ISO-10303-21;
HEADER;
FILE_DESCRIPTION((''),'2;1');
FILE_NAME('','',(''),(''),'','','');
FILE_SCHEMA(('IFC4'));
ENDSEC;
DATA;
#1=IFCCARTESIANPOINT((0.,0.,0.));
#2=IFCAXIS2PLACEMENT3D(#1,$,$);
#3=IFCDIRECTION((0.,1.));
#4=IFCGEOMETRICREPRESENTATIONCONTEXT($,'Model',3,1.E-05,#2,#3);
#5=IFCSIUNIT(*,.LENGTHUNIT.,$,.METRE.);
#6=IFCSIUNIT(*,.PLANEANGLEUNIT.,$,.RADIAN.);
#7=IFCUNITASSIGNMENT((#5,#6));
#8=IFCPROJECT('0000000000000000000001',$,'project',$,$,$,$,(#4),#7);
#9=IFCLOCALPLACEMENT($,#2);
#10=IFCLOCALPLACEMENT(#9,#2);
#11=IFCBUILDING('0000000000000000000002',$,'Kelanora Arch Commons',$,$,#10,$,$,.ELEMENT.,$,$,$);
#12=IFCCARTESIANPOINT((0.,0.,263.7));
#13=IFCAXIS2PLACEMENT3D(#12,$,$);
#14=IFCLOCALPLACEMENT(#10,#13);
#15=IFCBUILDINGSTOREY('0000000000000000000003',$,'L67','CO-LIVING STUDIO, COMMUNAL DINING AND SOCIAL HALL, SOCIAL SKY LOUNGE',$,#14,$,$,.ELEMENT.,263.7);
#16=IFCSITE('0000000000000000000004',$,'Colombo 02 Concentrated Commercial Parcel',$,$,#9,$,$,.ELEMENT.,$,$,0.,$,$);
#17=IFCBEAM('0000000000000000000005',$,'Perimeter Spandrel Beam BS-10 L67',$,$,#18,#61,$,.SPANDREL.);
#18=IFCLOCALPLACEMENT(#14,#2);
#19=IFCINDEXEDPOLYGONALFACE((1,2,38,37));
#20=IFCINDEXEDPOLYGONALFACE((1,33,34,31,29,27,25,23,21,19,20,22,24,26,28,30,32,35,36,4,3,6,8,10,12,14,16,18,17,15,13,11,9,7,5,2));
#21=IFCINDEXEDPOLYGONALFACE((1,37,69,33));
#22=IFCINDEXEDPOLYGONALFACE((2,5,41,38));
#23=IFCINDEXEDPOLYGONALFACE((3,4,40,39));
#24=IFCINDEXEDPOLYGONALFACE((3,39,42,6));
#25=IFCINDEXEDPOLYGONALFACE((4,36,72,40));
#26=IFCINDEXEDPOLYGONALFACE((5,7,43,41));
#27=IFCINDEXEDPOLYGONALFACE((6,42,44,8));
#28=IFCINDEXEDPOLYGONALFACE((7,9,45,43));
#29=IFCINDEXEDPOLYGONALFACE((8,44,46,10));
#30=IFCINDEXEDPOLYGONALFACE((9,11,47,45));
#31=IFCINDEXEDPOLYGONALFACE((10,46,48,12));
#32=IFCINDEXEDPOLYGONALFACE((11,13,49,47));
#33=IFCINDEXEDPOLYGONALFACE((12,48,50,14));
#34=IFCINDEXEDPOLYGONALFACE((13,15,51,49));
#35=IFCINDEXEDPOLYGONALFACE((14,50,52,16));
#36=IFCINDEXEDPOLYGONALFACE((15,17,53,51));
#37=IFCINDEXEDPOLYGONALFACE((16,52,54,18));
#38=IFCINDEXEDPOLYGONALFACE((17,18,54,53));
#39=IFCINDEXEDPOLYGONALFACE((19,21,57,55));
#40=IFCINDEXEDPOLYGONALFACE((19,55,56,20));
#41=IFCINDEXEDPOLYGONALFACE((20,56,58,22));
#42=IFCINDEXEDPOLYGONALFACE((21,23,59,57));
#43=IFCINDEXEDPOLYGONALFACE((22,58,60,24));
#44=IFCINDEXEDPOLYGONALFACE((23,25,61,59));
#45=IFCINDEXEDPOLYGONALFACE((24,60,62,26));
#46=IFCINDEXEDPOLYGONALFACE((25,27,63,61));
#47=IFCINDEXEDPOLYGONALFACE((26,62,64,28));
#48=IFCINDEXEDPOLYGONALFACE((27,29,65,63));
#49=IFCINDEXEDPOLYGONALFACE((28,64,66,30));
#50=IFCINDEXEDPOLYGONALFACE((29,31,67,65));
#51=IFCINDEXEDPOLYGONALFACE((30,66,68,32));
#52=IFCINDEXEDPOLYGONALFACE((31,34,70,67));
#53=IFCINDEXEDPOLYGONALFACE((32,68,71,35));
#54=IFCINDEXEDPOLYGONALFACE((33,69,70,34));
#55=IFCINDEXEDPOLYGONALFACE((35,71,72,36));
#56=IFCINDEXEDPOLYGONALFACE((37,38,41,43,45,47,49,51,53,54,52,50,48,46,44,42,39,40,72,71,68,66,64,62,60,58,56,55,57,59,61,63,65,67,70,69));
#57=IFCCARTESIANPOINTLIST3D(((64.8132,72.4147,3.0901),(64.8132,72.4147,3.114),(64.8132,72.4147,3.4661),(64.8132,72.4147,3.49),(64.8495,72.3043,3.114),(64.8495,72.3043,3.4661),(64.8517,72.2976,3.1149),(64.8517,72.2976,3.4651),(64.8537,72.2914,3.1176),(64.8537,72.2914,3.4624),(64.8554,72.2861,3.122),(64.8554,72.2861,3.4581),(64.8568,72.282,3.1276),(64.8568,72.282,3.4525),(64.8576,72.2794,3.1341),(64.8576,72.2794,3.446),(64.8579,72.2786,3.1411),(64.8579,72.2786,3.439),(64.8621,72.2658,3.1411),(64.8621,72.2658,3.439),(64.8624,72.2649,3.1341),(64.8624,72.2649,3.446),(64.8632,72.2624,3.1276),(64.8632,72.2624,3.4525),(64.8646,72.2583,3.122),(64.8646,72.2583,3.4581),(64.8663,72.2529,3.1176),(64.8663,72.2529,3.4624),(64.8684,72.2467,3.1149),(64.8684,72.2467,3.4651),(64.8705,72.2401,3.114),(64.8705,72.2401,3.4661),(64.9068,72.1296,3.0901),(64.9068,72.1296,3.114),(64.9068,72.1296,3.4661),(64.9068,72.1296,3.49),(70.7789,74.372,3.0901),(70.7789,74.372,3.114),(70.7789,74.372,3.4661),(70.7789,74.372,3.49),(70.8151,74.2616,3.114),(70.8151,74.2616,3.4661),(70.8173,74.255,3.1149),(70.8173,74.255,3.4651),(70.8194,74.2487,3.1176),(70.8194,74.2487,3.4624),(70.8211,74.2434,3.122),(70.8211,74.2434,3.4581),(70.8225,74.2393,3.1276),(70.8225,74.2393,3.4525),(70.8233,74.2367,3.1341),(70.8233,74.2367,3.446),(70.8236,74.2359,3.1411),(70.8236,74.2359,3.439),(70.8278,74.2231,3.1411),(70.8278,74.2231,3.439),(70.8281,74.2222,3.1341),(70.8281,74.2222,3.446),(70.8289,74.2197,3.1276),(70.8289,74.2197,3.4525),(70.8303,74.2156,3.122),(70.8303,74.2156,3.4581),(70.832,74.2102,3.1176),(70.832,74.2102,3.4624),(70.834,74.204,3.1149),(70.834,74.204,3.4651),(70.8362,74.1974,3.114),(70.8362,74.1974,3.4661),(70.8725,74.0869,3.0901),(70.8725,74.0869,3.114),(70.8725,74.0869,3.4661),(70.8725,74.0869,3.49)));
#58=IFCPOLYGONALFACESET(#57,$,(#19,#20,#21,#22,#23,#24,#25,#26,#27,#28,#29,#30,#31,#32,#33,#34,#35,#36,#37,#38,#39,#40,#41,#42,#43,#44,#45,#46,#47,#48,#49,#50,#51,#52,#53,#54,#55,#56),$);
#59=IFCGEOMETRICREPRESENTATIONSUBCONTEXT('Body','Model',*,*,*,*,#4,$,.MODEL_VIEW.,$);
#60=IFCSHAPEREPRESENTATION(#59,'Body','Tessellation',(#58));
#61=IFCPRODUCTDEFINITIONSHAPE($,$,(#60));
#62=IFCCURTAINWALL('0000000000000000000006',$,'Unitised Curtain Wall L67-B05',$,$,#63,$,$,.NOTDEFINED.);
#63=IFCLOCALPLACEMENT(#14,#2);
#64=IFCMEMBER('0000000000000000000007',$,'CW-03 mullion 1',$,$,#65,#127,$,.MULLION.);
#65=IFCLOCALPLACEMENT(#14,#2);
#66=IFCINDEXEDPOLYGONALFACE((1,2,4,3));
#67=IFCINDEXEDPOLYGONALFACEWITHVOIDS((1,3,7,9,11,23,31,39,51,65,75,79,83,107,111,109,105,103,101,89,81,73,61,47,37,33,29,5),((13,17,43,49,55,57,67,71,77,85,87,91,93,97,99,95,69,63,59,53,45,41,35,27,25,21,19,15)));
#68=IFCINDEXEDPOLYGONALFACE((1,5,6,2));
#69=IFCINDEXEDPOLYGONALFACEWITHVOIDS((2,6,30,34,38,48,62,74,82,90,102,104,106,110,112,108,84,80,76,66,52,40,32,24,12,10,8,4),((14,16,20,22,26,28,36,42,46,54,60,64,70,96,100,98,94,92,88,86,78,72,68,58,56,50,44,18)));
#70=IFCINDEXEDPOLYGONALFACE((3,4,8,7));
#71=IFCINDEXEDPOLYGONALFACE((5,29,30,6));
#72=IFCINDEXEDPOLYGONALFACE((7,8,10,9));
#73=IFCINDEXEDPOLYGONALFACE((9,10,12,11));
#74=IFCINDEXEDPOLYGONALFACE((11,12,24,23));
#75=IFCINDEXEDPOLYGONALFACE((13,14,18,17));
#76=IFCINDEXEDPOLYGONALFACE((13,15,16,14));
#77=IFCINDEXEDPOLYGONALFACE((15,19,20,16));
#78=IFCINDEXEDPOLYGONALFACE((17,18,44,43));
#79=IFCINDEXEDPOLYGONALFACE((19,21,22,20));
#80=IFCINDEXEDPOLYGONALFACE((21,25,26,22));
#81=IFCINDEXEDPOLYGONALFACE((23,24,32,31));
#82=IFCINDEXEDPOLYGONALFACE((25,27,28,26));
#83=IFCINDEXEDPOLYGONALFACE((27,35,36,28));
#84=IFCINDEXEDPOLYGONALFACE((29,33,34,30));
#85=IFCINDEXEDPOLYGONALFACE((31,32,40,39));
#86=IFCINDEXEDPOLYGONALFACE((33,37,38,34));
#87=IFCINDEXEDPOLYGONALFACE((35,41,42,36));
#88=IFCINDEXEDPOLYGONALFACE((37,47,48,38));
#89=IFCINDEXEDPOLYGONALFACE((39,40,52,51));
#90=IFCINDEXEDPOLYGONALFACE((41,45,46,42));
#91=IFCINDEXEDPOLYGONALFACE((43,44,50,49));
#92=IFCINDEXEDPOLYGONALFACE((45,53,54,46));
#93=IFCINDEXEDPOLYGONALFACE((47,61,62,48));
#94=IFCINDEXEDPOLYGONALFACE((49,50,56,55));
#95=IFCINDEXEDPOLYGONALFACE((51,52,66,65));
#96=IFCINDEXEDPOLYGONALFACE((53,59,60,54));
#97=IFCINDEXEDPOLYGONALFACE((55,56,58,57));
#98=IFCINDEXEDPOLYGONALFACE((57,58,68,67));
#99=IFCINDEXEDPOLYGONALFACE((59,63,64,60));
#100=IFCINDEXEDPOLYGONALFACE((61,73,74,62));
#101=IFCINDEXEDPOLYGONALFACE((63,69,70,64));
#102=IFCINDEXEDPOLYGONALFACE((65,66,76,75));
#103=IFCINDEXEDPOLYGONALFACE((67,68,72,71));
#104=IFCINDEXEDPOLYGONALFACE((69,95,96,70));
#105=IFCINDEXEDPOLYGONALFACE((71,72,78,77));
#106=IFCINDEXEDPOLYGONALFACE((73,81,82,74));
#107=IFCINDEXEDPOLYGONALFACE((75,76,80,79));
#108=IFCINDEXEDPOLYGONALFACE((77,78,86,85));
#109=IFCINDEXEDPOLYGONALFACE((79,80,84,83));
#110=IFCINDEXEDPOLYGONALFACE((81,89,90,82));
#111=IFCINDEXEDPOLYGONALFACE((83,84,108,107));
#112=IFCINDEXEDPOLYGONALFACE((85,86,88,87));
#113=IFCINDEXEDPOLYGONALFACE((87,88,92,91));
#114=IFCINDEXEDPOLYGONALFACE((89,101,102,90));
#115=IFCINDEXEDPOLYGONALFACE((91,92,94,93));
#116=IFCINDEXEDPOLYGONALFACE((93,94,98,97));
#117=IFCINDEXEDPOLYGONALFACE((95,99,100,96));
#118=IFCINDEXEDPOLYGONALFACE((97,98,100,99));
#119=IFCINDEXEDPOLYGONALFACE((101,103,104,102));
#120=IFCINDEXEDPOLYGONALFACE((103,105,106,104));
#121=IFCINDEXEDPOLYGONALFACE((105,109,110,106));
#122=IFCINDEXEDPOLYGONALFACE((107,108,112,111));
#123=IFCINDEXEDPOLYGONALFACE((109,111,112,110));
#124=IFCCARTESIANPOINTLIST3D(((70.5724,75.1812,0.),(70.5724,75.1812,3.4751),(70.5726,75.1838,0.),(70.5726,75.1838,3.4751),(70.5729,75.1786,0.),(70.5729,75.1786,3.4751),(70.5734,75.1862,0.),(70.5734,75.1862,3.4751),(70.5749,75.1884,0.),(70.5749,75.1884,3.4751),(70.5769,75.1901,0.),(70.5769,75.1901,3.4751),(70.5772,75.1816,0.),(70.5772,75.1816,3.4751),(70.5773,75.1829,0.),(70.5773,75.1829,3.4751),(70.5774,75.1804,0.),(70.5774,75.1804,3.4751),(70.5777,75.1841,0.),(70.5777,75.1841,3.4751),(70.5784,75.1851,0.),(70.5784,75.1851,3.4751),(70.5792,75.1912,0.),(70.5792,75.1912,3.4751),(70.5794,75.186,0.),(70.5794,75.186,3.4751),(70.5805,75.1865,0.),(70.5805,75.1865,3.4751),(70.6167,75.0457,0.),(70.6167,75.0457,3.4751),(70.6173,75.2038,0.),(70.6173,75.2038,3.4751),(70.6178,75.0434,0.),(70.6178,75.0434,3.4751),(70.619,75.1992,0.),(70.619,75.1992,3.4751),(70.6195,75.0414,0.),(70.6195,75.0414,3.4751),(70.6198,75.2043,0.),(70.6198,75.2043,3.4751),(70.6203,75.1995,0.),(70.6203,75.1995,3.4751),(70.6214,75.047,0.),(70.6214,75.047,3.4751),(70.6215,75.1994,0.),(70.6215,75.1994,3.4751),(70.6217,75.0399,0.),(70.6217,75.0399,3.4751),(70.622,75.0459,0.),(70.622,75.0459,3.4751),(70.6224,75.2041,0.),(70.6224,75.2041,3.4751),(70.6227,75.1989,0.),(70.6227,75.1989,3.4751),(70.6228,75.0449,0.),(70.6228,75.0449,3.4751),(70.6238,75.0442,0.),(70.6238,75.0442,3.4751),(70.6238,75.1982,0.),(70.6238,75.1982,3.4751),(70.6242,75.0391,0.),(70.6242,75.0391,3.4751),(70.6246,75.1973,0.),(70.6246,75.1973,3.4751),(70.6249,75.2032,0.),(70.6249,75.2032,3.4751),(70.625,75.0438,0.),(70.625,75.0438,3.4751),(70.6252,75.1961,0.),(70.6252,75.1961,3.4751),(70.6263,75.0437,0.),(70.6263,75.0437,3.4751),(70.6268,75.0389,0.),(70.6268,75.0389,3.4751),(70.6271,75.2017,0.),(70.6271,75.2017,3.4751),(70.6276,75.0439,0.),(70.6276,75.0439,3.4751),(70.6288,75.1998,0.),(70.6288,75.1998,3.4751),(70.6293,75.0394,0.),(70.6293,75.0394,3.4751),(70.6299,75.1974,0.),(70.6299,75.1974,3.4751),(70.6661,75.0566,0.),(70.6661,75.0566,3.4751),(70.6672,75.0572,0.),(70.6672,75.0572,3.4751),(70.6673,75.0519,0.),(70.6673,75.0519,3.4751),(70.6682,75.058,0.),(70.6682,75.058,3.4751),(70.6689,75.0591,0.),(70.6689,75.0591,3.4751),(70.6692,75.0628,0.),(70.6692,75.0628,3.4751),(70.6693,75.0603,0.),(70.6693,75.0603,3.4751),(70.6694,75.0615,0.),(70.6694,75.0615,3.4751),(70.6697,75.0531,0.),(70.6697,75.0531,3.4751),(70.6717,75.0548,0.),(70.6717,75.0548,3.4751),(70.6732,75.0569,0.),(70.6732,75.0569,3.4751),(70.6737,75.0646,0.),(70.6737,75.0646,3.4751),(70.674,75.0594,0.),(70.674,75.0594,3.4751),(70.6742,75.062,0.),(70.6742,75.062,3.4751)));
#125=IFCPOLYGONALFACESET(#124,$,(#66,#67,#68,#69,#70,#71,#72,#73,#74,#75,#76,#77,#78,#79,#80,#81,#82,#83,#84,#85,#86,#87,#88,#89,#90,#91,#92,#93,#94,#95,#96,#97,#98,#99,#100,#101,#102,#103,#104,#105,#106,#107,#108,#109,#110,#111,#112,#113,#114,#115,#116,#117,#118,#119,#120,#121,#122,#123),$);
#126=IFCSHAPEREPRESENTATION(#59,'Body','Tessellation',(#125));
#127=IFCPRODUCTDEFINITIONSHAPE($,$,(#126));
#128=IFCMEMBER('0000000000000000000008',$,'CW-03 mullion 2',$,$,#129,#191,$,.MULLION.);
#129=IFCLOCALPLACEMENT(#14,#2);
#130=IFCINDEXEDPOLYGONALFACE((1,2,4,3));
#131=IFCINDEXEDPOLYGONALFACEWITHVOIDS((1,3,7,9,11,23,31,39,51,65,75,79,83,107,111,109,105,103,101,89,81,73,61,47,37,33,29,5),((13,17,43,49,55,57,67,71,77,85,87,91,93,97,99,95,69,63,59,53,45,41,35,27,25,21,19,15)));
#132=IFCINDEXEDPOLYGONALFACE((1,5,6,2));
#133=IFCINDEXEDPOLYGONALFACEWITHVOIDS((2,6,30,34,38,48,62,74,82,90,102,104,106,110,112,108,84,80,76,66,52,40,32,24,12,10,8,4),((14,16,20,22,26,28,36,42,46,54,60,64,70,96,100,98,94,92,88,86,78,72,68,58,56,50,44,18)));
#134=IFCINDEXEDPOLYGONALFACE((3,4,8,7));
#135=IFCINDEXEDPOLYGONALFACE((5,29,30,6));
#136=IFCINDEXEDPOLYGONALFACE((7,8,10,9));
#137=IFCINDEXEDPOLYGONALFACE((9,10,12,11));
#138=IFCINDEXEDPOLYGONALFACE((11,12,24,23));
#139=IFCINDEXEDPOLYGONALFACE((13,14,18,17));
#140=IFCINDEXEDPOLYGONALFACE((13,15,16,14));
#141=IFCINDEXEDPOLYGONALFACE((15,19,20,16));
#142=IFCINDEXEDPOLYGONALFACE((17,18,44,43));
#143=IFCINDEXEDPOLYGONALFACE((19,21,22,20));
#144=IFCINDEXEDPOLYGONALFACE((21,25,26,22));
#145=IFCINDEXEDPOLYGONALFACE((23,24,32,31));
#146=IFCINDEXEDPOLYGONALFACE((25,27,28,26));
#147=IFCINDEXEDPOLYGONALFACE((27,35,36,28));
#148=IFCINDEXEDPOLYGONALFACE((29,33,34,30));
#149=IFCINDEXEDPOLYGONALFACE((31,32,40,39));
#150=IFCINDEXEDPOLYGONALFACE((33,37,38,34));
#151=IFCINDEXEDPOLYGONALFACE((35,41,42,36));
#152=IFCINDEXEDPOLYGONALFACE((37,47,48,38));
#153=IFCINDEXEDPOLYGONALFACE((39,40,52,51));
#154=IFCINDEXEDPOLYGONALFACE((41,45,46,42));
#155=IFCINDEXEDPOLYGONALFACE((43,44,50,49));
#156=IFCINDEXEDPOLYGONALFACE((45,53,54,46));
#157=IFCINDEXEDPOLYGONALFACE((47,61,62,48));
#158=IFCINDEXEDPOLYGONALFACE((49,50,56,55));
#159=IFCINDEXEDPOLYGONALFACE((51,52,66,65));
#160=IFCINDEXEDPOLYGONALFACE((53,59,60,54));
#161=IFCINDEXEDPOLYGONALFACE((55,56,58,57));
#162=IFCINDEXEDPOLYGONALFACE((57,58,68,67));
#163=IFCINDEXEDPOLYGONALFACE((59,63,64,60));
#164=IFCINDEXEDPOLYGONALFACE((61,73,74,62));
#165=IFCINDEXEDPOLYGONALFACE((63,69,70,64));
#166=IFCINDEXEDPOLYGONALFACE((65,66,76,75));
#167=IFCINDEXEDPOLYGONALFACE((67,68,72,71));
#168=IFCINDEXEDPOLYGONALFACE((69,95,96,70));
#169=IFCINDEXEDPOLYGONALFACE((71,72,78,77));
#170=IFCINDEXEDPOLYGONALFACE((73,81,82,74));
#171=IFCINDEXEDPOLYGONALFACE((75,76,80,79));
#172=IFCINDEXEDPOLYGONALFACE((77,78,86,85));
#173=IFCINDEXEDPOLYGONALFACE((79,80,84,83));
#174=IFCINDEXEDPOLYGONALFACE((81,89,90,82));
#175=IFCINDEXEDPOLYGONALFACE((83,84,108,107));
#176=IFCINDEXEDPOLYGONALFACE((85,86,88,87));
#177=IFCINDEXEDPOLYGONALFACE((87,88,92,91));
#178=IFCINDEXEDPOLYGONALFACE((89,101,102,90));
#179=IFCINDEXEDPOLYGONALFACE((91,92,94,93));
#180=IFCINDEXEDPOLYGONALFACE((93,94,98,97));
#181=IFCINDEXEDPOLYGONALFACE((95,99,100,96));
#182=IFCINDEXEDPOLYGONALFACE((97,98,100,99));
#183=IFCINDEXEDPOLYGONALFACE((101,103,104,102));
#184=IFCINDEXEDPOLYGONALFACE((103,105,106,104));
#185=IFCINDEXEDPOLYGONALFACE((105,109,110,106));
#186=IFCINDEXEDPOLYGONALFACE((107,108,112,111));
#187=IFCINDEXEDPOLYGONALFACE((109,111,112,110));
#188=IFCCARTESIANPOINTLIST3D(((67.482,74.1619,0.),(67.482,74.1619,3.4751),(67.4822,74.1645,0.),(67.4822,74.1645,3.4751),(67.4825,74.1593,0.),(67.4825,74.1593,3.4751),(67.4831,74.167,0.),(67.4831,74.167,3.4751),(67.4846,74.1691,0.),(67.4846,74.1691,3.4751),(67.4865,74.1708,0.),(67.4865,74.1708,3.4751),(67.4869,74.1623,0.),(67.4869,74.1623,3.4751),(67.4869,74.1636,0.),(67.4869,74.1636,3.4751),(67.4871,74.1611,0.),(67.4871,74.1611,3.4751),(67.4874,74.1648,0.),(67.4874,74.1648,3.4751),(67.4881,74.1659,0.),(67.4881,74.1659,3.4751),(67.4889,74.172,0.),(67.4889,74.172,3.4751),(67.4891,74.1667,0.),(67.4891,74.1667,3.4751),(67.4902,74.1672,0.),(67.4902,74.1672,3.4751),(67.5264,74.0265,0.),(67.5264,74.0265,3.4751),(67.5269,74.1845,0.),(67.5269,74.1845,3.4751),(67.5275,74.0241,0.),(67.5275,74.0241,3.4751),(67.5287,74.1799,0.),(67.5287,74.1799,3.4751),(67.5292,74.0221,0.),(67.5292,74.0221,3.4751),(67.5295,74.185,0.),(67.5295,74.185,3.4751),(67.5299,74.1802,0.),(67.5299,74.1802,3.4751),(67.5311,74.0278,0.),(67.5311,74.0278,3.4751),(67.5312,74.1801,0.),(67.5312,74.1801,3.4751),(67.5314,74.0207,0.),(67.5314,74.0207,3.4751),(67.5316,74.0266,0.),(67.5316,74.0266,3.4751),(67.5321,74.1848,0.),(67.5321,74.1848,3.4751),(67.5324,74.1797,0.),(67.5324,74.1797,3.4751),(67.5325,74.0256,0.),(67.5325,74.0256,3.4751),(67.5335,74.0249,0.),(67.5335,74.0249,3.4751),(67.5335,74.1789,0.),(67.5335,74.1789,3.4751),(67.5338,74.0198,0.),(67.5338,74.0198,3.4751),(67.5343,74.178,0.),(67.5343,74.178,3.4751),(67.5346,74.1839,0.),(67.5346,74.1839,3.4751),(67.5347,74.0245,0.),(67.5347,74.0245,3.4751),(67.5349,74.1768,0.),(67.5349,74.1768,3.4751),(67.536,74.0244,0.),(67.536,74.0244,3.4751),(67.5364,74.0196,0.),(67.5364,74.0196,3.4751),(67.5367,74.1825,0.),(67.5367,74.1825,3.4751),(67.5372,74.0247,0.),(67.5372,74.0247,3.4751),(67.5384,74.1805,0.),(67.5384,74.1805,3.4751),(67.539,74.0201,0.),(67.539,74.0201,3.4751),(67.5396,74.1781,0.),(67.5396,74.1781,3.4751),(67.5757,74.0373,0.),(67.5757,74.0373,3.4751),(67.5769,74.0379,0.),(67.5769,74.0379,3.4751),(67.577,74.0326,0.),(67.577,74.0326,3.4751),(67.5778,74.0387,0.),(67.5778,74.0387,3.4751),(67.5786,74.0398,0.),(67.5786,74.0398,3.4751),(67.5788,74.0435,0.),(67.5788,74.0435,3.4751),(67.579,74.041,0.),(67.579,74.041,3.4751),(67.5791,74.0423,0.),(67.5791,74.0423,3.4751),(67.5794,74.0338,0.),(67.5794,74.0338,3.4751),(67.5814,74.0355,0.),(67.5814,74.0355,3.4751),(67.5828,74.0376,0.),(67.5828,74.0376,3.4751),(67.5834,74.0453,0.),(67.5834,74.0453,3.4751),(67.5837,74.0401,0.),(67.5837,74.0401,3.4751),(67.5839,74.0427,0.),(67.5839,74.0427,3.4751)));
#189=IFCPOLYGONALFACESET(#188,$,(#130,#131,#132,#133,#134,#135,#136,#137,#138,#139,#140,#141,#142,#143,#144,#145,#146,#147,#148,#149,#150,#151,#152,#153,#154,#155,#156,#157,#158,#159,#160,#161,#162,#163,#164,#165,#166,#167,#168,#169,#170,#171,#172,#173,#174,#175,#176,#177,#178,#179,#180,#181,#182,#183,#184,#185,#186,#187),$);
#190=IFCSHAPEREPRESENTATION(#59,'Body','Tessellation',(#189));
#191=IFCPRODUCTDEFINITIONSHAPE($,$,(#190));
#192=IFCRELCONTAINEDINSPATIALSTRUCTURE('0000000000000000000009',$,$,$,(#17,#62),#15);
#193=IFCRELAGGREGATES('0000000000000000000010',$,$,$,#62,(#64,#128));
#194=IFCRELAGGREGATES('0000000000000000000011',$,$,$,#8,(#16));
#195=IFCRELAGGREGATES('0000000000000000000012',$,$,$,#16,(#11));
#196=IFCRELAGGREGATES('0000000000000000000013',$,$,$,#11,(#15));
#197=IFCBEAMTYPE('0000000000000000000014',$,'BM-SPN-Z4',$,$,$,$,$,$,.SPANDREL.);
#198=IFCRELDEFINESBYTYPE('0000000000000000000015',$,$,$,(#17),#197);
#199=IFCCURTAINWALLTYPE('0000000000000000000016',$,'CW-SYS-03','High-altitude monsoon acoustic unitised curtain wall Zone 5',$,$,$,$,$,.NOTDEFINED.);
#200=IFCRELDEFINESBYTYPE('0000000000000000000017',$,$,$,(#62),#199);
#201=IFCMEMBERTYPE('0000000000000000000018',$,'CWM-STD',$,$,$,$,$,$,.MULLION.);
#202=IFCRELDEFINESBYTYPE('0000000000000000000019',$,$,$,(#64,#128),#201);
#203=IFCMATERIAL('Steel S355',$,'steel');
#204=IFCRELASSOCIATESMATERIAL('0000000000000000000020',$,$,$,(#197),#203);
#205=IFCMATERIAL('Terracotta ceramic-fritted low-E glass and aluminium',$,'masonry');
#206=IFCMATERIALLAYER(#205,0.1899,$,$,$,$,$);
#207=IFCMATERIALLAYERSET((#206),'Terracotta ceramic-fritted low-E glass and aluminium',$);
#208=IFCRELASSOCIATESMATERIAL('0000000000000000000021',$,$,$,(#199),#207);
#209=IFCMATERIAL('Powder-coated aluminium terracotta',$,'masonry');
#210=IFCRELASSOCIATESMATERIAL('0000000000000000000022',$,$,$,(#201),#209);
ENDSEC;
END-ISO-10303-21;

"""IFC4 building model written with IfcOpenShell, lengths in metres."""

from ifc_helpers import new_model, si_unit, direction, frame, origin, origin_2d, place, context, subcontext, project, spatial, hollow_rectangle, i_section, extrude, material, layer, layer_set, material_profile, profile_set, type_object, element, aggregate, save


model = new_model("IFC4")

# Units and contexts
model_context = context("Model", 3, precision=1e-05, world=origin(), true_north=direction((0.0, 1.0)))
body_context = subcontext(model_context, "Body", "Model", "MODEL_VIEW")
ifc_project = project(units=[si_unit("LENGTHUNIT", "METRE"), si_unit("PLANEANGLEUNIT", "RADIAN")], contexts=[model_context])

# Site, building, storey
site_placement = place(None, origin())
site = spatial("IfcSite", under=ifc_project, at=site_placement, Name="Colombo 02 Concentrated Commercial Parcel", CompositionType="ELEMENT", RefElevation=0.0)
building_placement = place(site_placement, origin())
building = spatial("IfcBuilding", under=site, at=building_placement, Name="Kelanora Arch Commons", CompositionType="ELEMENT")
storey_placement = place(building_placement, frame((0.0, 0.0, 263.7)))
storey = spatial("IfcBuildingStorey", under=building, at=storey_placement, Name="L67", Description="CO-LIVING STUDIO, COMMUNAL DINING AND SOCIAL HALL, SOCIAL SKY LOUNGE", CompositionType="ELEMENT", Elevation=263.7)

# Beam
ifc_material_1 = material(Name="Steel S355", Category="steel")
ifc_material_profile_1 = material_profile(ifc_material_1, i_section(OverallWidth=0.3, OverallDepth=0.3999, WebThickness=0.0134, FlangeThickness=0.0239, FilletRadius=0.0271, at=origin_2d()), Name="HEB400")
ifc_profile_set_1 = profile_set([ifc_material_profile_1], Name="Steel S355")
beam_type_1 = type_object("IfcBeamType", Name="BM-SPN-Z4", PredefinedType="SPANDREL", material=ifc_profile_set_1)
beam_1_placement = place(storey_placement, frame((70.8257, 74.2295, 3.29), z_axis=(-0.950166, -0.311745, 0.0), x_axis=(0.311745, -0.950166, 0.0)))
element("IfcBeam", 1, at=beam_1_placement, inside=storey, type_object=beam_type_1, Name="Perimeter Spandrel Beam BS-10 L67", PredefinedType="SPANDREL", context=body_context, shape_type="SweptSolid", body=[
    extrude(i_section(OverallWidth=0.3, OverallDepth=0.3999, WebThickness=0.0134, FlangeThickness=0.0239, FilletRadius=0.0271, at=origin_2d()), origin(), (0.0, 0.0, 1.0), 6.2786),
])

# Curtain wall, members
ifc_material_2 = material(Name="Terracotta ceramic-fritted low-E glass and aluminium", Category="masonry")
ifc_layer_1 = layer(ifc_material_2, 0.1899)
ifc_layer_set_1 = layer_set([ifc_layer_1], Name="Terracotta ceramic-fritted low-E glass and aluminium")
curtain_wall_type = type_object("IfcCurtainWallType", Name="CW-SYS-03", Description="High-altitude monsoon acoustic unitised curtain wall Zone 5", PredefinedType="NOTDEFINED", material=ifc_layer_set_1)
curtain_wall_placement = place(storey_placement, origin())
curtain_wall = element("IfcCurtainWall", 2, at=curtain_wall_placement, inside=storey, type_object=curtain_wall_type, Name="Unitised Curtain Wall L67-B05", PredefinedType="NOTDEFINED")
ifc_material_3 = material(Name="Powder-coated aluminium terracotta", Category="masonry")
ifc_material_profile_2 = material_profile(ifc_material_3, hollow_rectangle(XDim=0.1599, YDim=0.0601, WallThickness=0.0049, InnerFilletRadius=0.0049, OuterFilletRadius=0.01, at=origin_2d()), Name="CWM160x60")
ifc_profile_set_2 = profile_set([ifc_material_profile_2], Name="Powder-coated aluminium terracotta")
member_type_1 = type_object("IfcMemberType", Name="CWM-STD", PredefinedType="MULLION", material=ifc_profile_set_2)
member_1_placement = place(storey_placement, frame((70.6233, 75.1216, 0.0), z_axis=(0.0, 0.0, 1.0), x_axis=(0.313253, -0.94967, 0.0)))
member_1 = element("IfcMember", 3, at=member_1_placement, type_object=member_type_1, Name="CW-03 mullion 1", PredefinedType="MULLION", context=body_context, shape_type="SweptSolid", body=[
    extrude(hollow_rectangle(XDim=0.1599, YDim=0.0601, WallThickness=0.0049, InnerFilletRadius=0.0049, OuterFilletRadius=0.01, at=origin_2d()), origin(), (0.0, 0.0, 1.0), 3.4751),
])
member_2_placement = place(storey_placement, frame((67.533, 74.1023, 0.0), z_axis=(0.0, 0.0, 1.0), x_axis=(0.313253, -0.94967, 0.0)))
member_2 = element("IfcMember", 4, at=member_2_placement, type_object=member_type_1, Name="CW-03 mullion 2", PredefinedType="MULLION", context=body_context, shape_type="SweptSolid", body=[
    extrude(hollow_rectangle(XDim=0.1599, YDim=0.0601, WallThickness=0.0049, InnerFilletRadius=0.0049, OuterFilletRadius=0.01, at=origin_2d()), origin(), (0.0, 0.0, 1.0), 3.4751),
])
aggregate(curtain_wall, [member_1, member_2])

save(model, "model.ifc")
